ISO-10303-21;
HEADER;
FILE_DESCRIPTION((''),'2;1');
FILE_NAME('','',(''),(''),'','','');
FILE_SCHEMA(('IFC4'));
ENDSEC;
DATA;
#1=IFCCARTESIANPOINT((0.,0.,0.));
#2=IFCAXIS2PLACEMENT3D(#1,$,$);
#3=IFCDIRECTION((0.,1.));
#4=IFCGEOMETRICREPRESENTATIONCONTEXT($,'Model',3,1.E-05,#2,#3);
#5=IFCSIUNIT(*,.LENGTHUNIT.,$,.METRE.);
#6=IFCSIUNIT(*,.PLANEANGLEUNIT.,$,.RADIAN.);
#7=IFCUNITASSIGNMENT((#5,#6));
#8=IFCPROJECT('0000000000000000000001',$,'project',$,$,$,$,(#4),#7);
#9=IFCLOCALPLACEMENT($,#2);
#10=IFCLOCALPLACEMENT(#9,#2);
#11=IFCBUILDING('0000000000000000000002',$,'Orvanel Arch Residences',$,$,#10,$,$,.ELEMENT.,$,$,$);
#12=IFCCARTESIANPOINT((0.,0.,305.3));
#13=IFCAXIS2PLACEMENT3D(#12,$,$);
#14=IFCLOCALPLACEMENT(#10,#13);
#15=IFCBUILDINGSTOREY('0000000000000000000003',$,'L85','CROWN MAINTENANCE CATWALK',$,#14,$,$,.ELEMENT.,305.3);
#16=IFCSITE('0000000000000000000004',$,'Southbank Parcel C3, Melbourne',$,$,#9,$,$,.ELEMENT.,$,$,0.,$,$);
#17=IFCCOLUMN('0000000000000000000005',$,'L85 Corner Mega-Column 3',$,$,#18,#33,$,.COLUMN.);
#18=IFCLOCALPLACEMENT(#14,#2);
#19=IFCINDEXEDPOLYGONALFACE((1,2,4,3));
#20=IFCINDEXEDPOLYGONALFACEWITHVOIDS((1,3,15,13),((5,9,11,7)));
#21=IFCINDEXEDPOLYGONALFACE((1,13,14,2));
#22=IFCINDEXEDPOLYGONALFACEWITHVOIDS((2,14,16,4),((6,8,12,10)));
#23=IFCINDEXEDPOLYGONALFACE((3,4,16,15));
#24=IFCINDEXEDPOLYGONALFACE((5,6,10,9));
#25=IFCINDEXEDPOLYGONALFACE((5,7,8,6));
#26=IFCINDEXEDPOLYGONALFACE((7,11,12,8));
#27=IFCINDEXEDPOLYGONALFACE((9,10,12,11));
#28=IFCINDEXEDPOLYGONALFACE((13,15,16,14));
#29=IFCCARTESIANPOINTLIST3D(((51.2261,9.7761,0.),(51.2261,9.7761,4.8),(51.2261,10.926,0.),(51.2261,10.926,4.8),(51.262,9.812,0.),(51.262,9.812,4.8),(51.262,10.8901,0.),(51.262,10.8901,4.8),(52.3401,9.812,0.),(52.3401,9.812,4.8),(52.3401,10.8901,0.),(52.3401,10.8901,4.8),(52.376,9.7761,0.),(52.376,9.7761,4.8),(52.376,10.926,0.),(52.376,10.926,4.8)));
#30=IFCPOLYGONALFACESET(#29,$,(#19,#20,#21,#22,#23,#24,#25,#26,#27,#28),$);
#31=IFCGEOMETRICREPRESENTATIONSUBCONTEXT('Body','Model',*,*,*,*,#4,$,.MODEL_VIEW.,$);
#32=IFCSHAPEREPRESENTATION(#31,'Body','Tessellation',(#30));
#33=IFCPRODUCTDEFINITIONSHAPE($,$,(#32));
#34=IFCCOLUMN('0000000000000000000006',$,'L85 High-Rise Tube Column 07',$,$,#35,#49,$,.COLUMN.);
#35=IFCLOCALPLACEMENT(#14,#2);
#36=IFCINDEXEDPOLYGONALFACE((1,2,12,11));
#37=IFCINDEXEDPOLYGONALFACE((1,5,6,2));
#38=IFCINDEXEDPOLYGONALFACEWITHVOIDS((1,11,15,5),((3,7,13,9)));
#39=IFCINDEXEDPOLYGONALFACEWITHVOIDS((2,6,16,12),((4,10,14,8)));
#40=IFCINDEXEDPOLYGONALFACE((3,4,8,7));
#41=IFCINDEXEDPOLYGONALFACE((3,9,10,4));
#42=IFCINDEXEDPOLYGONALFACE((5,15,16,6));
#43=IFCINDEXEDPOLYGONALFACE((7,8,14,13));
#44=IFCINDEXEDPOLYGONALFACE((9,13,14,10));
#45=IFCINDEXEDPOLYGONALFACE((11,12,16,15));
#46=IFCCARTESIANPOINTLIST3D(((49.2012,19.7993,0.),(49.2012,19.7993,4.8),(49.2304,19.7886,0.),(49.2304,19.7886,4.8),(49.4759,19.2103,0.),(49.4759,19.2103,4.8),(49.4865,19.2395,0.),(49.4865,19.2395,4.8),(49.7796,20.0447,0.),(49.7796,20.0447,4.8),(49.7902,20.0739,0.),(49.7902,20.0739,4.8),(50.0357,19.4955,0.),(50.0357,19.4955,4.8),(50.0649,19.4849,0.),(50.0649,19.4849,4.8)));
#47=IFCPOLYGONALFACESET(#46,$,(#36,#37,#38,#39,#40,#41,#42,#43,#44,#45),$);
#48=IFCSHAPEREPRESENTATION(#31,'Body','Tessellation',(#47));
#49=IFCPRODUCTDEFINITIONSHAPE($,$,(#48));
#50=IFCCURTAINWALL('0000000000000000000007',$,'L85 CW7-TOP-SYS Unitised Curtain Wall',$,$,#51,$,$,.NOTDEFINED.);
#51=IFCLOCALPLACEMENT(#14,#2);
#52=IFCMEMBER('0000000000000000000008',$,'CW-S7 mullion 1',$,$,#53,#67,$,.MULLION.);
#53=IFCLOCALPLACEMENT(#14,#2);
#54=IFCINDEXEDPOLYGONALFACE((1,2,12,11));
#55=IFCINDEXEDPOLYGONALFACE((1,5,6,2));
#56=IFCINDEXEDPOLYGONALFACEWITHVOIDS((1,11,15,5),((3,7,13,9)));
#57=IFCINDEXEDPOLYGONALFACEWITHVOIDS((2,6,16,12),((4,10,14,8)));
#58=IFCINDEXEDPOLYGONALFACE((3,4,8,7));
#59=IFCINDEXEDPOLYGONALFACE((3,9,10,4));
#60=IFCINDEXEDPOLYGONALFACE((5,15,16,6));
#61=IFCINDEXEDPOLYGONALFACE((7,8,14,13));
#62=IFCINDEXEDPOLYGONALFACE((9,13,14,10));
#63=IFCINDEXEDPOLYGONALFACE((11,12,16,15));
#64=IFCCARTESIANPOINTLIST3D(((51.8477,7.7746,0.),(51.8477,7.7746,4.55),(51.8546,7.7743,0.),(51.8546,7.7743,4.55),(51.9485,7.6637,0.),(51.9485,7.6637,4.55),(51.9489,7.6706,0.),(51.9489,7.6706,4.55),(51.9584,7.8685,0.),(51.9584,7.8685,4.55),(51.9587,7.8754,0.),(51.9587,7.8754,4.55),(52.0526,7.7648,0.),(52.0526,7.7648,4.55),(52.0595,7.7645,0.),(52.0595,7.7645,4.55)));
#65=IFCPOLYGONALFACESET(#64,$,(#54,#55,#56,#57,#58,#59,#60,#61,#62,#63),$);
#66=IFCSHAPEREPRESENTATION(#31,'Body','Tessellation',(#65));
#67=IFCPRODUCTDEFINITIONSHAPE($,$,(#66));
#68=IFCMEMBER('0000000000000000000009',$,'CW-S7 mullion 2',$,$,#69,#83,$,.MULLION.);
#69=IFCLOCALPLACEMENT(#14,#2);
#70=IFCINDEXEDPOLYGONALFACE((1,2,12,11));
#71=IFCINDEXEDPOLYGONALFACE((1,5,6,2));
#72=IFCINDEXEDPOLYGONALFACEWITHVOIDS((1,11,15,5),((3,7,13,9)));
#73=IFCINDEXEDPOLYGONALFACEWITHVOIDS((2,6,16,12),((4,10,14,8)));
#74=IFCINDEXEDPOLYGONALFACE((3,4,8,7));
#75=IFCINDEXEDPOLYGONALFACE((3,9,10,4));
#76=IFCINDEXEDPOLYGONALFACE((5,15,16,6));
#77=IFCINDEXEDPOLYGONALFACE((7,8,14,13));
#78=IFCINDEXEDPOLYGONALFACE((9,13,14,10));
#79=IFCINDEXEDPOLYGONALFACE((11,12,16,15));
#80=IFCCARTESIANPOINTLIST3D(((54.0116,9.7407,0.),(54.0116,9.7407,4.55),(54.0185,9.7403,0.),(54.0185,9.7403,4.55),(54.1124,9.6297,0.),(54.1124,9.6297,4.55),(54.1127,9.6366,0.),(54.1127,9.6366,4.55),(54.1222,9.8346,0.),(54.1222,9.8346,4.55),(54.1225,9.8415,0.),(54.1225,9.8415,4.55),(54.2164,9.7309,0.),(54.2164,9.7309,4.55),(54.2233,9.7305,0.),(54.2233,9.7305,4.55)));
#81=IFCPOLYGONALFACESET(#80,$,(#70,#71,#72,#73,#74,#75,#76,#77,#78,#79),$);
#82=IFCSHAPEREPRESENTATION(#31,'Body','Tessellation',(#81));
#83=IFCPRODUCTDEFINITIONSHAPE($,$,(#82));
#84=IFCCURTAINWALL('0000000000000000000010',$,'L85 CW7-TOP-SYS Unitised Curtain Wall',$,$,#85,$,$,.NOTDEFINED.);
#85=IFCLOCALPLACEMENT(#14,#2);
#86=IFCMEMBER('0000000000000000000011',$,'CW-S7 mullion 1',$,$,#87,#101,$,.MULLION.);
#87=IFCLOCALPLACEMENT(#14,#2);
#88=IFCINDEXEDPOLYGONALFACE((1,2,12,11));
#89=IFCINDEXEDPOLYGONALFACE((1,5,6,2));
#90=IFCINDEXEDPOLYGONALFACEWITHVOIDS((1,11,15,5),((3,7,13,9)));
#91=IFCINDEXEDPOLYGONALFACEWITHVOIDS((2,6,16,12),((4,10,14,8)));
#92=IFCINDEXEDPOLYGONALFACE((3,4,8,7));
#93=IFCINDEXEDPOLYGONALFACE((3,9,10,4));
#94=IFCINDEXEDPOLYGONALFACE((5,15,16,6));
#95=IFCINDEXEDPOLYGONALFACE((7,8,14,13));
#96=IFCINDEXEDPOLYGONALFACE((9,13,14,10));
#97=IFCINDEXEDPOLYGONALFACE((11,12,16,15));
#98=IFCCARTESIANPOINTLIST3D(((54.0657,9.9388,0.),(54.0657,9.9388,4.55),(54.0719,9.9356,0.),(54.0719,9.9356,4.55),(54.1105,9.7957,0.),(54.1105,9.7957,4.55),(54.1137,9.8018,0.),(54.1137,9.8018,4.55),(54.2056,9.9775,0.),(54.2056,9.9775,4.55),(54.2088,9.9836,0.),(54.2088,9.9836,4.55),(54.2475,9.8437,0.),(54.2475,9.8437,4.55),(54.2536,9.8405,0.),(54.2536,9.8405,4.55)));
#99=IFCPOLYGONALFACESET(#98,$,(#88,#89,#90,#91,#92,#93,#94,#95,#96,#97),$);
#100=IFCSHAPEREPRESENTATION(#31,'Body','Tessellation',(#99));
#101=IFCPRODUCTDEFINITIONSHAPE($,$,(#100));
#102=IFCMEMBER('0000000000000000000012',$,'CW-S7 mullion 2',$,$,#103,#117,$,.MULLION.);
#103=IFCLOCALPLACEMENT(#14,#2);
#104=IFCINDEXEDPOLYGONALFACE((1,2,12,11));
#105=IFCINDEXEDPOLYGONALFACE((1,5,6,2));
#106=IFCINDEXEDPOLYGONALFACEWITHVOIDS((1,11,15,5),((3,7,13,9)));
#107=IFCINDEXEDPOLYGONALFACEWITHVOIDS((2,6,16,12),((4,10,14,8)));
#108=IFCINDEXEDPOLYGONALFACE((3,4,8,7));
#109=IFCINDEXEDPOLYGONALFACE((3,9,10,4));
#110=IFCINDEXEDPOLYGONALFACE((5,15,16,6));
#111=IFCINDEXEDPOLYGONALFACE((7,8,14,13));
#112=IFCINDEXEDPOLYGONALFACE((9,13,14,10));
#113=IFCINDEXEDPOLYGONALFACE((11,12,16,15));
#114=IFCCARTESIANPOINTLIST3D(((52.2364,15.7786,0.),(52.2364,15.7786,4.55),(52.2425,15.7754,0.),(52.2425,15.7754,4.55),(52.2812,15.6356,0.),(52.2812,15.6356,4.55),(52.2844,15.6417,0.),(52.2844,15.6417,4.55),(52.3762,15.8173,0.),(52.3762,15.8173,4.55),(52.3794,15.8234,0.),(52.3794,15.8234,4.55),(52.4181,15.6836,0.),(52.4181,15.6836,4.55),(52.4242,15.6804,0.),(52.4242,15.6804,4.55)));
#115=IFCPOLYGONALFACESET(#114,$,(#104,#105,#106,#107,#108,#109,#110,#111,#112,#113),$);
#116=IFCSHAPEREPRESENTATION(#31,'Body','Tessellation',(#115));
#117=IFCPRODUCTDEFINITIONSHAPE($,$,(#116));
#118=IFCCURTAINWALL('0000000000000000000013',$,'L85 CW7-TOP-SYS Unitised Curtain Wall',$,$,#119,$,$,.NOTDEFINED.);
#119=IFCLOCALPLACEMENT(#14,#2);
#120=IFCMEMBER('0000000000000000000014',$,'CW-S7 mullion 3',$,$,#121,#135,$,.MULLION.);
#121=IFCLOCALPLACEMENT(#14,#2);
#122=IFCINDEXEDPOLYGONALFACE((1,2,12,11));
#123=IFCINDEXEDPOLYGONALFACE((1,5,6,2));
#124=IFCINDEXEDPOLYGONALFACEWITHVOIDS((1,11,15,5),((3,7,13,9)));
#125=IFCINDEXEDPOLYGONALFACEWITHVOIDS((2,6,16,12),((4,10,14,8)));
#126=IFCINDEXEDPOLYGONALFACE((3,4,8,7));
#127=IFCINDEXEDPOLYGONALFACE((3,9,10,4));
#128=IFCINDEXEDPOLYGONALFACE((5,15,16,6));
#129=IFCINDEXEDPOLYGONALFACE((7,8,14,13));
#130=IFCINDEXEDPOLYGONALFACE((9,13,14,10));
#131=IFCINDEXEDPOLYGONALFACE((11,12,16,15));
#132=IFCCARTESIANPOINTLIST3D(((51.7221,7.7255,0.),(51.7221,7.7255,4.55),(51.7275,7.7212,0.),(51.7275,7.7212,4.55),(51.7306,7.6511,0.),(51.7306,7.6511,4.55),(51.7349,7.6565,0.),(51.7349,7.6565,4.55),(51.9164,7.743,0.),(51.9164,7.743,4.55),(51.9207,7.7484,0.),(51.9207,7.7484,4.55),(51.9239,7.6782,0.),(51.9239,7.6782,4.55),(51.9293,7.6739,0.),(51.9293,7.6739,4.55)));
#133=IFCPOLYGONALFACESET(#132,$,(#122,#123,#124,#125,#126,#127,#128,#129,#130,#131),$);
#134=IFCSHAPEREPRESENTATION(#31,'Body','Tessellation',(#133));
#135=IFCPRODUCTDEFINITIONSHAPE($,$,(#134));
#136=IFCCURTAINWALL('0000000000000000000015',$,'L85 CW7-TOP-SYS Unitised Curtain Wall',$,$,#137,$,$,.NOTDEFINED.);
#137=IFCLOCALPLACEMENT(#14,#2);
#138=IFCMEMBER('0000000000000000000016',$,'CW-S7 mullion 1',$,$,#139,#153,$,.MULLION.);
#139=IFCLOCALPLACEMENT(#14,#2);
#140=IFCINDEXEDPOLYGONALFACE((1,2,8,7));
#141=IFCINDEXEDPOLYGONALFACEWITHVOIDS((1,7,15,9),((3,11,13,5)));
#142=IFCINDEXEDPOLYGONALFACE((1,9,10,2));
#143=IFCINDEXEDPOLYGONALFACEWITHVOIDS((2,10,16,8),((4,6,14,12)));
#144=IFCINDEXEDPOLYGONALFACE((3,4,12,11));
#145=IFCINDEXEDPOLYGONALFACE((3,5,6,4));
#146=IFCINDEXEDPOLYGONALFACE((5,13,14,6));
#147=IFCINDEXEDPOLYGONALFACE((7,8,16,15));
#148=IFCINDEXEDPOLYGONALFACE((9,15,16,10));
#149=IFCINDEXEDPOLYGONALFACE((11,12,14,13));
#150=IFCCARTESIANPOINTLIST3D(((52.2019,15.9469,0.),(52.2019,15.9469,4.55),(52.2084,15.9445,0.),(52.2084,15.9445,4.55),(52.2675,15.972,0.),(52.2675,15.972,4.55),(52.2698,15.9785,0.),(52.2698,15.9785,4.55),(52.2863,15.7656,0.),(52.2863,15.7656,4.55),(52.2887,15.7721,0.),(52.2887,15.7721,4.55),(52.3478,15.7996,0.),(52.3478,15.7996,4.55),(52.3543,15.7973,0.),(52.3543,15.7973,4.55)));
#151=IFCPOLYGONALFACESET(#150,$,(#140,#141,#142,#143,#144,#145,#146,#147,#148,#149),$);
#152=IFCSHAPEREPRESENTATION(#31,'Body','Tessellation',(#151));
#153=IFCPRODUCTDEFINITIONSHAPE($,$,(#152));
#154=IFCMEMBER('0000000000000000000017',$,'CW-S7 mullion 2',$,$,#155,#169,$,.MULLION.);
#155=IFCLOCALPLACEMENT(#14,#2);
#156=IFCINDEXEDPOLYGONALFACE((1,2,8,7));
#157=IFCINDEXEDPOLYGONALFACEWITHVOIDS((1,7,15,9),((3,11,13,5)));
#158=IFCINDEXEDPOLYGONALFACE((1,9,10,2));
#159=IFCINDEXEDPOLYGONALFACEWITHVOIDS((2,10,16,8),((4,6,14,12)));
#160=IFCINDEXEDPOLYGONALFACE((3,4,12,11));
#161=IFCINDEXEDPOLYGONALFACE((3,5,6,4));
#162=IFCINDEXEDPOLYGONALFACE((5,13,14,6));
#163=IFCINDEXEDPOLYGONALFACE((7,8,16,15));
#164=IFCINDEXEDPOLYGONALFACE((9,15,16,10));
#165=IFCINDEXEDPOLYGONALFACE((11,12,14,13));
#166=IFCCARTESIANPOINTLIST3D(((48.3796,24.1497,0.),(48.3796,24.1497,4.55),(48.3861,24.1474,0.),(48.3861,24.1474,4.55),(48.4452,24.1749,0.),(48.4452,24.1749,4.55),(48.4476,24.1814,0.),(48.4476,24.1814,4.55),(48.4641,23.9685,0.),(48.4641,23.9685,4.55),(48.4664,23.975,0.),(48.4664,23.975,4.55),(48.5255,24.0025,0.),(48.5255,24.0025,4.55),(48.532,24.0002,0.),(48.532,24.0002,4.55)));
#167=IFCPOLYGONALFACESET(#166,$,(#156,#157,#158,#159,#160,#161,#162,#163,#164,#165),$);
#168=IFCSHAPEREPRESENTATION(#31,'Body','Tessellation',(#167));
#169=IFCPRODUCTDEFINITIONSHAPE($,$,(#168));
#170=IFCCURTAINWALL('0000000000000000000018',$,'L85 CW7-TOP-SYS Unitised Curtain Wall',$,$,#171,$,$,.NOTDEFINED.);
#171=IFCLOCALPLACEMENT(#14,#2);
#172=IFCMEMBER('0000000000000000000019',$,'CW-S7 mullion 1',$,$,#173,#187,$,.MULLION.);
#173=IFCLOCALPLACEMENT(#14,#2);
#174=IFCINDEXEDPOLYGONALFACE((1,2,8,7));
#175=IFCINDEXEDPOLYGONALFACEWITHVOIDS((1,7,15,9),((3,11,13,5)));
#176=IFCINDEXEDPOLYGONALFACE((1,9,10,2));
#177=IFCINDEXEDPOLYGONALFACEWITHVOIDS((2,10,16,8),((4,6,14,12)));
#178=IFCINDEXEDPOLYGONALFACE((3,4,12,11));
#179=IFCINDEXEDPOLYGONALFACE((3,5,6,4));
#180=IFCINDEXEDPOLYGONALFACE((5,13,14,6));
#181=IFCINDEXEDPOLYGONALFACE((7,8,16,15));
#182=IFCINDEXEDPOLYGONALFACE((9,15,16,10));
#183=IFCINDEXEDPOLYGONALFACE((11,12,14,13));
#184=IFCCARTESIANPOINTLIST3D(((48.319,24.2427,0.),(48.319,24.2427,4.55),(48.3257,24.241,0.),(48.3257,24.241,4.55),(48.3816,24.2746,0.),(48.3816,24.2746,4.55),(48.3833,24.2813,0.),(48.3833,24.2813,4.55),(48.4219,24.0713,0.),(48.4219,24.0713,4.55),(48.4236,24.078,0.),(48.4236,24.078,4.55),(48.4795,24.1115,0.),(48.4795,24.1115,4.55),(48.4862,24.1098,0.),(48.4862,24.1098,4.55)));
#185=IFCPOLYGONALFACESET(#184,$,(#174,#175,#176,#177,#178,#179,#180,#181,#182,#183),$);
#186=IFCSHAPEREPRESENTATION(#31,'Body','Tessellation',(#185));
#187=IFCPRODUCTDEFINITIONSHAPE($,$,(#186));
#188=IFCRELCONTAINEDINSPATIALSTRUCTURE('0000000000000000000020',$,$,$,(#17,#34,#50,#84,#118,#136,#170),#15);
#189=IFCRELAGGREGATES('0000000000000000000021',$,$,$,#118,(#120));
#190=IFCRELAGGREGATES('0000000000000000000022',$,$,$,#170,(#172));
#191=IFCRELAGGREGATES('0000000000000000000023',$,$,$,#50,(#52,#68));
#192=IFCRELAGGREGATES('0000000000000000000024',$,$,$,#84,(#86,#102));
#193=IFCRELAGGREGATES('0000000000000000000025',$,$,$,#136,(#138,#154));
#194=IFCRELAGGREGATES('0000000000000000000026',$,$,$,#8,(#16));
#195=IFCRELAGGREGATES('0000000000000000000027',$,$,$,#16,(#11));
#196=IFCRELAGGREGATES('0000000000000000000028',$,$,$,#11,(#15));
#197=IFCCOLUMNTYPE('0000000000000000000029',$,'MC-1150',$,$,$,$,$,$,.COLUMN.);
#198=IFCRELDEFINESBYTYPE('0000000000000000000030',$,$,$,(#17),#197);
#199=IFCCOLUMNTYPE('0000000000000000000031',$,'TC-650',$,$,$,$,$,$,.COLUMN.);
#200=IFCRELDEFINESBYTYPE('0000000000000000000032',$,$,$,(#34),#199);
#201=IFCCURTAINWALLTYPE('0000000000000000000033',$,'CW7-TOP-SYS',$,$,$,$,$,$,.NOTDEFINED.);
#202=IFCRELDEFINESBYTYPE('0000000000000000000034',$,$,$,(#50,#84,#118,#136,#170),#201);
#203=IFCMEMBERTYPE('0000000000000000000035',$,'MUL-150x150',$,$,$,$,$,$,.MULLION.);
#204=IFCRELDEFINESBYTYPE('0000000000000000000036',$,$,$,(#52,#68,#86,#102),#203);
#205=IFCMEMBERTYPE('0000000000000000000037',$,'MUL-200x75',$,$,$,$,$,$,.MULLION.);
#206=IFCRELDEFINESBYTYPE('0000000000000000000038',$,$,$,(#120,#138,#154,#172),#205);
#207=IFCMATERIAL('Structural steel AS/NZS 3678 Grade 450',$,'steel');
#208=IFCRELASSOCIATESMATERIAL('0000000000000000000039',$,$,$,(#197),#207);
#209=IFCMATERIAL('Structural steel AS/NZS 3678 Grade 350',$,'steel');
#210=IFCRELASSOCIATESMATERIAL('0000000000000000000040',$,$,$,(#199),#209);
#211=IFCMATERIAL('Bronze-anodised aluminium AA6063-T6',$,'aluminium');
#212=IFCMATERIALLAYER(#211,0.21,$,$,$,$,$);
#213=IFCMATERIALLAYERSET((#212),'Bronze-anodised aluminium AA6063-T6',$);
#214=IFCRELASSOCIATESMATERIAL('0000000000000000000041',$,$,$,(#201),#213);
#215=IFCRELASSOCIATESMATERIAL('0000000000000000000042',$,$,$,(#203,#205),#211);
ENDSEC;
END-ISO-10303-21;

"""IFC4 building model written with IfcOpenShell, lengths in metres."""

from ifc_helpers import new_model, si_unit, direction, frame, origin, origin_2d, place, context, subcontext, project, spatial, hollow_rectangle, extrude, material, layer, layer_set, material_profile, profile_set, type_object, element, aggregate, save


model = new_model("IFC4")

# Units and contexts
model_context = context("Model", 3, precision=1e-05, world=origin(), true_north=direction((0.0, 1.0)))
body_context = subcontext(model_context, "Body", "Model", "MODEL_VIEW")
ifc_project = project(units=[si_unit("LENGTHUNIT", "METRE"), si_unit("PLANEANGLEUNIT", "RADIAN")], contexts=[model_context])

# Site, building, storey
site_placement = place(None, origin())
site = spatial("IfcSite", under=ifc_project, at=site_placement, Name="Southbank Parcel C3, Melbourne", CompositionType="ELEMENT", RefElevation=0.0)
building_placement = place(site_placement, origin())
building = spatial("IfcBuilding", under=site, at=building_placement, Name="Orvanel Arch Residences", CompositionType="ELEMENT")
storey_placement = place(building_placement, frame((0.0, 0.0, 305.3)))
storey = spatial("IfcBuildingStorey", under=building, at=storey_placement, Name="L85", Description="CROWN MAINTENANCE CATWALK", CompositionType="ELEMENT", Elevation=305.3)

# Columns
ifc_material_1 = material(Name="Structural steel AS/NZS 3678 Grade 450", Category="steel")
ifc_material_profile_1 = material_profile(ifc_material_1, hollow_rectangle(XDim=1.1499, YDim=1.1499, WallThickness=0.0359, at=origin_2d()), Name="BOX1150x1150x36")
ifc_profile_set_1 = profile_set([ifc_material_profile_1], Name="Structural steel AS/NZS 3678 Grade 450")
column_type_1 = type_object("IfcColumnType", Name="MC-1150", PredefinedType="COLUMN", material=ifc_profile_set_1)
column_1_placement = place(storey_placement, frame((51.801, 10.3511, 0.0), z_axis=(0.0, 0.0, 1.0), x_axis=(1.0, 0.0, 0.0)))
element("IfcColumn", 1, at=column_1_placement, inside=storey, type_object=column_type_1, Name="L85 Corner Mega-Column 3", PredefinedType="COLUMN", context=body_context, shape_type="SweptSolid", body=[
    extrude(hollow_rectangle(XDim=1.1499, YDim=1.1499, WallThickness=0.0359, at=origin_2d()), origin(), (0.0, 0.0, 1.0), 4.8),
])
ifc_material_2 = material(Name="Structural steel AS/NZS 3678 Grade 350", Category="steel")
ifc_material_profile_2 = material_profile(ifc_material_2, hollow_rectangle(XDim=0.6499, YDim=0.6499, WallThickness=0.022, at=origin_2d()), Name="BOX650x650x22")
ifc_profile_set_2 = profile_set([ifc_material_profile_2], Name="Structural steel AS/NZS 3678 Grade 350")
column_type_2 = type_object("IfcColumnType", Name="TC-650", PredefinedType="COLUMN", material=ifc_profile_set_2)
column_2_placement = place(storey_placement, frame((49.6331, 19.6421, 0.0), z_axis=(0.0, 0.0, 1.0), x_axis=(-0.422618, 0.906308, 0.0)))
element("IfcColumn", 2, at=column_2_placement, inside=storey, type_object=column_type_2, Name="L85 High-Rise Tube Column 07", PredefinedType="COLUMN", context=body_context, shape_type="SweptSolid", body=[
    extrude(hollow_rectangle(XDim=0.6499, YDim=0.6499, WallThickness=0.022, at=origin_2d()), origin(), (0.0, 0.0, 1.0), 4.8),
])

# Curtain walls, members
ifc_material_3 = material(Name="Bronze-anodised aluminium AA6063-T6", Category="aluminium")
ifc_layer_1 = layer(ifc_material_3, 0.21)
ifc_layer_set_1 = layer_set([ifc_layer_1], Name="Bronze-anodised aluminium AA6063-T6")
curtain_wall_type = type_object("IfcCurtainWallType", Name="CW7-TOP-SYS", PredefinedType="NOTDEFINED", material=ifc_layer_set_1)
curtain_wall_1_placement = place(storey_placement, origin())
curtain_wall_1 = element("IfcCurtainWall", 3, at=curtain_wall_1_placement, inside=storey, type_object=curtain_wall_type, Name="L85 CW7-TOP-SYS Unitised Curtain Wall", PredefinedType="NOTDEFINED")
ifc_material_profile_3 = material_profile(ifc_material_3, hollow_rectangle(XDim=0.1499, YDim=0.1499, WallThickness=0.0049, at=origin_2d()), Name="ALU150x150x5")
ifc_profile_set_3 = profile_set([ifc_material_profile_3], Name="Bronze-anodised aluminium AA6063-T6")
member_type_1 = type_object("IfcMemberType", Name="MUL-150x150", PredefinedType="MULLION", material=ifc_profile_set_3)
member_1_placement = place(storey_placement, frame((51.9536, 7.7695, 0.0), z_axis=(0.0, 0.0, 1.0), x_axis=(-0.672462, 0.740131, 0.0)))
member_1 = element("IfcMember", 4, at=member_1_placement, type_object=member_type_1, Name="CW-S7 mullion 1", PredefinedType="MULLION", context=body_context, shape_type="SweptSolid", body=[
    extrude(hollow_rectangle(XDim=0.1499, YDim=0.1499, WallThickness=0.0049, at=origin_2d()), origin(), (0.0, 0.0, 1.0), 4.55),
])
member_2_placement = place(storey_placement, frame((54.1174, 9.7356, 0.0), z_axis=(0.0, 0.0, 1.0), x_axis=(-0.672462, 0.740131, 0.0)))
member_2 = element("IfcMember", 5, at=member_2_placement, type_object=member_type_1, Name="CW-S7 mullion 2", PredefinedType="MULLION", context=body_context, shape_type="SweptSolid", body=[
    extrude(hollow_rectangle(XDim=0.1499, YDim=0.1499, WallThickness=0.0049, at=origin_2d()), origin(), (0.0, 0.0, 1.0), 4.55),
])
curtain_wall_2_placement = place(storey_placement, origin())
curtain_wall_2 = element("IfcCurtainWall", 6, at=curtain_wall_2_placement, inside=storey, type_object=curtain_wall_type, Name="L85 CW7-TOP-SYS Unitised Curtain Wall", PredefinedType="NOTDEFINED")
member_3_placement = place(storey_placement, frame((54.1597, 9.8896, 0.0), z_axis=(0.0, 0.0, 1.0), x_axis=(-0.954284, -0.298902, 0.0)))
member_3 = element("IfcMember", 7, at=member_3_placement, type_object=member_type_1, Name="CW-S7 mullion 1", PredefinedType="MULLION", context=body_context, shape_type="SweptSolid", body=[
    extrude(hollow_rectangle(XDim=0.1499, YDim=0.1499, WallThickness=0.0049, at=origin_2d()), origin(), (0.0, 0.0, 1.0), 4.55),
])
member_4_placement = place(storey_placement, frame((52.3303, 15.7295, 0.0), z_axis=(0.0, 0.0, 1.0), x_axis=(-0.954284, -0.298902, 0.0)))
member_4 = element("IfcMember", 8, at=member_4_placement, type_object=member_type_1, Name="CW-S7 mullion 2", PredefinedType="MULLION", context=body_context, shape_type="SweptSolid", body=[
    extrude(hollow_rectangle(XDim=0.1499, YDim=0.1499, WallThickness=0.0049, at=origin_2d()), origin(), (0.0, 0.0, 1.0), 4.55),
])

# Curtain wall, member
curtain_wall_3_placement = place(storey_placement, origin())
curtain_wall_3 = element("IfcCurtainWall", 9, at=curtain_wall_3_placement, inside=storey, type_object=curtain_wall_type, Name="L85 CW7-TOP-SYS Unitised Curtain Wall", PredefinedType="NOTDEFINED")
ifc_material_profile_4 = material_profile(ifc_material_3, hollow_rectangle(XDim=0.075, YDim=0.2, WallThickness=0.0049, at=origin_2d()), Name="ALU200x75x5")
ifc_profile_set_4 = profile_set([ifc_material_profile_4], Name="Bronze-anodised aluminium AA6063-T6")
member_type_2 = type_object("IfcMemberType", Name="MUL-200x75", PredefinedType="MULLION", material=ifc_profile_set_4)
member_5_placement = place(storey_placement, frame((51.8257, 7.6997, 0.0), z_axis=(0.0, 0.0, 1.0), x_axis=(-0.114245, 0.993453, 0.0)))
member_5 = element("IfcMember", 10, at=member_5_placement, type_object=member_type_2, Name="CW-S7 mullion 3", PredefinedType="MULLION", context=body_context, shape_type="SweptSolid", body=[
    extrude(hollow_rectangle(XDim=0.075, YDim=0.2, WallThickness=0.0049, at=origin_2d()), origin(), (0.0, 0.0, 1.0), 4.55),
])
aggregate(curtain_wall_3, [member_5])

# Curtain wall, members
curtain_wall_4_placement = place(storey_placement, origin())
curtain_wall_4 = element("IfcCurtainWall", 11, at=curtain_wall_4_placement, inside=storey, type_object=curtain_wall_type, Name="L85 CW7-TOP-SYS Unitised Curtain Wall", PredefinedType="NOTDEFINED")
member_6_placement = place(storey_placement, frame((52.2781, 15.8721, 0.0), z_axis=(0.0, 0.0, 1.0), x_axis=(-0.906427, -0.422363, 0.0)))
member_6 = element("IfcMember", 12, at=member_6_placement, type_object=member_type_2, Name="CW-S7 mullion 1", PredefinedType="MULLION", context=body_context, shape_type="SweptSolid", body=[
    extrude(hollow_rectangle(XDim=0.075, YDim=0.2, WallThickness=0.0049, at=origin_2d()), origin(), (0.0, 0.0, 1.0), 4.55),
])
member_7_placement = place(storey_placement, frame((48.4558, 24.075, 0.0), z_axis=(0.0, 0.0, 1.0), x_axis=(-0.906427, -0.422363, 0.0)))
member_7 = element("IfcMember", 13, at=member_7_placement, type_object=member_type_2, Name="CW-S7 mullion 2", PredefinedType="MULLION", context=body_context, shape_type="SweptSolid", body=[
    extrude(hollow_rectangle(XDim=0.075, YDim=0.2, WallThickness=0.0049, at=origin_2d()), origin(), (0.0, 0.0, 1.0), 4.55),
])

# Curtain wall, member
curtain_wall_5_placement = place(storey_placement, origin())
curtain_wall_5 = element("IfcCurtainWall", 14, at=curtain_wall_5_placement, inside=storey, type_object=curtain_wall_type, Name="L85 CW7-TOP-SYS Unitised Curtain Wall", PredefinedType="NOTDEFINED")
member_8_placement = place(storey_placement, frame((48.4026, 24.1763, 0.0), z_axis=(0.0, 0.0, 1.0), x_axis=(-0.857522, -0.514447, 0.0)))
member_8 = element("IfcMember", 15, at=member_8_placement, type_object=member_type_2, Name="CW-S7 mullion 1", PredefinedType="MULLION", context=body_context, shape_type="SweptSolid", body=[
    extrude(hollow_rectangle(XDim=0.075, YDim=0.2, WallThickness=0.0049, at=origin_2d()), origin(), (0.0, 0.0, 1.0), 4.55),
])

aggregate(curtain_wall_5, [member_8])

aggregate(curtain_wall_1, [member_1, member_2])
aggregate(curtain_wall_2, [member_3, member_4])
aggregate(curtain_wall_4, [member_6, member_7])

save(model, "model.ifc")
